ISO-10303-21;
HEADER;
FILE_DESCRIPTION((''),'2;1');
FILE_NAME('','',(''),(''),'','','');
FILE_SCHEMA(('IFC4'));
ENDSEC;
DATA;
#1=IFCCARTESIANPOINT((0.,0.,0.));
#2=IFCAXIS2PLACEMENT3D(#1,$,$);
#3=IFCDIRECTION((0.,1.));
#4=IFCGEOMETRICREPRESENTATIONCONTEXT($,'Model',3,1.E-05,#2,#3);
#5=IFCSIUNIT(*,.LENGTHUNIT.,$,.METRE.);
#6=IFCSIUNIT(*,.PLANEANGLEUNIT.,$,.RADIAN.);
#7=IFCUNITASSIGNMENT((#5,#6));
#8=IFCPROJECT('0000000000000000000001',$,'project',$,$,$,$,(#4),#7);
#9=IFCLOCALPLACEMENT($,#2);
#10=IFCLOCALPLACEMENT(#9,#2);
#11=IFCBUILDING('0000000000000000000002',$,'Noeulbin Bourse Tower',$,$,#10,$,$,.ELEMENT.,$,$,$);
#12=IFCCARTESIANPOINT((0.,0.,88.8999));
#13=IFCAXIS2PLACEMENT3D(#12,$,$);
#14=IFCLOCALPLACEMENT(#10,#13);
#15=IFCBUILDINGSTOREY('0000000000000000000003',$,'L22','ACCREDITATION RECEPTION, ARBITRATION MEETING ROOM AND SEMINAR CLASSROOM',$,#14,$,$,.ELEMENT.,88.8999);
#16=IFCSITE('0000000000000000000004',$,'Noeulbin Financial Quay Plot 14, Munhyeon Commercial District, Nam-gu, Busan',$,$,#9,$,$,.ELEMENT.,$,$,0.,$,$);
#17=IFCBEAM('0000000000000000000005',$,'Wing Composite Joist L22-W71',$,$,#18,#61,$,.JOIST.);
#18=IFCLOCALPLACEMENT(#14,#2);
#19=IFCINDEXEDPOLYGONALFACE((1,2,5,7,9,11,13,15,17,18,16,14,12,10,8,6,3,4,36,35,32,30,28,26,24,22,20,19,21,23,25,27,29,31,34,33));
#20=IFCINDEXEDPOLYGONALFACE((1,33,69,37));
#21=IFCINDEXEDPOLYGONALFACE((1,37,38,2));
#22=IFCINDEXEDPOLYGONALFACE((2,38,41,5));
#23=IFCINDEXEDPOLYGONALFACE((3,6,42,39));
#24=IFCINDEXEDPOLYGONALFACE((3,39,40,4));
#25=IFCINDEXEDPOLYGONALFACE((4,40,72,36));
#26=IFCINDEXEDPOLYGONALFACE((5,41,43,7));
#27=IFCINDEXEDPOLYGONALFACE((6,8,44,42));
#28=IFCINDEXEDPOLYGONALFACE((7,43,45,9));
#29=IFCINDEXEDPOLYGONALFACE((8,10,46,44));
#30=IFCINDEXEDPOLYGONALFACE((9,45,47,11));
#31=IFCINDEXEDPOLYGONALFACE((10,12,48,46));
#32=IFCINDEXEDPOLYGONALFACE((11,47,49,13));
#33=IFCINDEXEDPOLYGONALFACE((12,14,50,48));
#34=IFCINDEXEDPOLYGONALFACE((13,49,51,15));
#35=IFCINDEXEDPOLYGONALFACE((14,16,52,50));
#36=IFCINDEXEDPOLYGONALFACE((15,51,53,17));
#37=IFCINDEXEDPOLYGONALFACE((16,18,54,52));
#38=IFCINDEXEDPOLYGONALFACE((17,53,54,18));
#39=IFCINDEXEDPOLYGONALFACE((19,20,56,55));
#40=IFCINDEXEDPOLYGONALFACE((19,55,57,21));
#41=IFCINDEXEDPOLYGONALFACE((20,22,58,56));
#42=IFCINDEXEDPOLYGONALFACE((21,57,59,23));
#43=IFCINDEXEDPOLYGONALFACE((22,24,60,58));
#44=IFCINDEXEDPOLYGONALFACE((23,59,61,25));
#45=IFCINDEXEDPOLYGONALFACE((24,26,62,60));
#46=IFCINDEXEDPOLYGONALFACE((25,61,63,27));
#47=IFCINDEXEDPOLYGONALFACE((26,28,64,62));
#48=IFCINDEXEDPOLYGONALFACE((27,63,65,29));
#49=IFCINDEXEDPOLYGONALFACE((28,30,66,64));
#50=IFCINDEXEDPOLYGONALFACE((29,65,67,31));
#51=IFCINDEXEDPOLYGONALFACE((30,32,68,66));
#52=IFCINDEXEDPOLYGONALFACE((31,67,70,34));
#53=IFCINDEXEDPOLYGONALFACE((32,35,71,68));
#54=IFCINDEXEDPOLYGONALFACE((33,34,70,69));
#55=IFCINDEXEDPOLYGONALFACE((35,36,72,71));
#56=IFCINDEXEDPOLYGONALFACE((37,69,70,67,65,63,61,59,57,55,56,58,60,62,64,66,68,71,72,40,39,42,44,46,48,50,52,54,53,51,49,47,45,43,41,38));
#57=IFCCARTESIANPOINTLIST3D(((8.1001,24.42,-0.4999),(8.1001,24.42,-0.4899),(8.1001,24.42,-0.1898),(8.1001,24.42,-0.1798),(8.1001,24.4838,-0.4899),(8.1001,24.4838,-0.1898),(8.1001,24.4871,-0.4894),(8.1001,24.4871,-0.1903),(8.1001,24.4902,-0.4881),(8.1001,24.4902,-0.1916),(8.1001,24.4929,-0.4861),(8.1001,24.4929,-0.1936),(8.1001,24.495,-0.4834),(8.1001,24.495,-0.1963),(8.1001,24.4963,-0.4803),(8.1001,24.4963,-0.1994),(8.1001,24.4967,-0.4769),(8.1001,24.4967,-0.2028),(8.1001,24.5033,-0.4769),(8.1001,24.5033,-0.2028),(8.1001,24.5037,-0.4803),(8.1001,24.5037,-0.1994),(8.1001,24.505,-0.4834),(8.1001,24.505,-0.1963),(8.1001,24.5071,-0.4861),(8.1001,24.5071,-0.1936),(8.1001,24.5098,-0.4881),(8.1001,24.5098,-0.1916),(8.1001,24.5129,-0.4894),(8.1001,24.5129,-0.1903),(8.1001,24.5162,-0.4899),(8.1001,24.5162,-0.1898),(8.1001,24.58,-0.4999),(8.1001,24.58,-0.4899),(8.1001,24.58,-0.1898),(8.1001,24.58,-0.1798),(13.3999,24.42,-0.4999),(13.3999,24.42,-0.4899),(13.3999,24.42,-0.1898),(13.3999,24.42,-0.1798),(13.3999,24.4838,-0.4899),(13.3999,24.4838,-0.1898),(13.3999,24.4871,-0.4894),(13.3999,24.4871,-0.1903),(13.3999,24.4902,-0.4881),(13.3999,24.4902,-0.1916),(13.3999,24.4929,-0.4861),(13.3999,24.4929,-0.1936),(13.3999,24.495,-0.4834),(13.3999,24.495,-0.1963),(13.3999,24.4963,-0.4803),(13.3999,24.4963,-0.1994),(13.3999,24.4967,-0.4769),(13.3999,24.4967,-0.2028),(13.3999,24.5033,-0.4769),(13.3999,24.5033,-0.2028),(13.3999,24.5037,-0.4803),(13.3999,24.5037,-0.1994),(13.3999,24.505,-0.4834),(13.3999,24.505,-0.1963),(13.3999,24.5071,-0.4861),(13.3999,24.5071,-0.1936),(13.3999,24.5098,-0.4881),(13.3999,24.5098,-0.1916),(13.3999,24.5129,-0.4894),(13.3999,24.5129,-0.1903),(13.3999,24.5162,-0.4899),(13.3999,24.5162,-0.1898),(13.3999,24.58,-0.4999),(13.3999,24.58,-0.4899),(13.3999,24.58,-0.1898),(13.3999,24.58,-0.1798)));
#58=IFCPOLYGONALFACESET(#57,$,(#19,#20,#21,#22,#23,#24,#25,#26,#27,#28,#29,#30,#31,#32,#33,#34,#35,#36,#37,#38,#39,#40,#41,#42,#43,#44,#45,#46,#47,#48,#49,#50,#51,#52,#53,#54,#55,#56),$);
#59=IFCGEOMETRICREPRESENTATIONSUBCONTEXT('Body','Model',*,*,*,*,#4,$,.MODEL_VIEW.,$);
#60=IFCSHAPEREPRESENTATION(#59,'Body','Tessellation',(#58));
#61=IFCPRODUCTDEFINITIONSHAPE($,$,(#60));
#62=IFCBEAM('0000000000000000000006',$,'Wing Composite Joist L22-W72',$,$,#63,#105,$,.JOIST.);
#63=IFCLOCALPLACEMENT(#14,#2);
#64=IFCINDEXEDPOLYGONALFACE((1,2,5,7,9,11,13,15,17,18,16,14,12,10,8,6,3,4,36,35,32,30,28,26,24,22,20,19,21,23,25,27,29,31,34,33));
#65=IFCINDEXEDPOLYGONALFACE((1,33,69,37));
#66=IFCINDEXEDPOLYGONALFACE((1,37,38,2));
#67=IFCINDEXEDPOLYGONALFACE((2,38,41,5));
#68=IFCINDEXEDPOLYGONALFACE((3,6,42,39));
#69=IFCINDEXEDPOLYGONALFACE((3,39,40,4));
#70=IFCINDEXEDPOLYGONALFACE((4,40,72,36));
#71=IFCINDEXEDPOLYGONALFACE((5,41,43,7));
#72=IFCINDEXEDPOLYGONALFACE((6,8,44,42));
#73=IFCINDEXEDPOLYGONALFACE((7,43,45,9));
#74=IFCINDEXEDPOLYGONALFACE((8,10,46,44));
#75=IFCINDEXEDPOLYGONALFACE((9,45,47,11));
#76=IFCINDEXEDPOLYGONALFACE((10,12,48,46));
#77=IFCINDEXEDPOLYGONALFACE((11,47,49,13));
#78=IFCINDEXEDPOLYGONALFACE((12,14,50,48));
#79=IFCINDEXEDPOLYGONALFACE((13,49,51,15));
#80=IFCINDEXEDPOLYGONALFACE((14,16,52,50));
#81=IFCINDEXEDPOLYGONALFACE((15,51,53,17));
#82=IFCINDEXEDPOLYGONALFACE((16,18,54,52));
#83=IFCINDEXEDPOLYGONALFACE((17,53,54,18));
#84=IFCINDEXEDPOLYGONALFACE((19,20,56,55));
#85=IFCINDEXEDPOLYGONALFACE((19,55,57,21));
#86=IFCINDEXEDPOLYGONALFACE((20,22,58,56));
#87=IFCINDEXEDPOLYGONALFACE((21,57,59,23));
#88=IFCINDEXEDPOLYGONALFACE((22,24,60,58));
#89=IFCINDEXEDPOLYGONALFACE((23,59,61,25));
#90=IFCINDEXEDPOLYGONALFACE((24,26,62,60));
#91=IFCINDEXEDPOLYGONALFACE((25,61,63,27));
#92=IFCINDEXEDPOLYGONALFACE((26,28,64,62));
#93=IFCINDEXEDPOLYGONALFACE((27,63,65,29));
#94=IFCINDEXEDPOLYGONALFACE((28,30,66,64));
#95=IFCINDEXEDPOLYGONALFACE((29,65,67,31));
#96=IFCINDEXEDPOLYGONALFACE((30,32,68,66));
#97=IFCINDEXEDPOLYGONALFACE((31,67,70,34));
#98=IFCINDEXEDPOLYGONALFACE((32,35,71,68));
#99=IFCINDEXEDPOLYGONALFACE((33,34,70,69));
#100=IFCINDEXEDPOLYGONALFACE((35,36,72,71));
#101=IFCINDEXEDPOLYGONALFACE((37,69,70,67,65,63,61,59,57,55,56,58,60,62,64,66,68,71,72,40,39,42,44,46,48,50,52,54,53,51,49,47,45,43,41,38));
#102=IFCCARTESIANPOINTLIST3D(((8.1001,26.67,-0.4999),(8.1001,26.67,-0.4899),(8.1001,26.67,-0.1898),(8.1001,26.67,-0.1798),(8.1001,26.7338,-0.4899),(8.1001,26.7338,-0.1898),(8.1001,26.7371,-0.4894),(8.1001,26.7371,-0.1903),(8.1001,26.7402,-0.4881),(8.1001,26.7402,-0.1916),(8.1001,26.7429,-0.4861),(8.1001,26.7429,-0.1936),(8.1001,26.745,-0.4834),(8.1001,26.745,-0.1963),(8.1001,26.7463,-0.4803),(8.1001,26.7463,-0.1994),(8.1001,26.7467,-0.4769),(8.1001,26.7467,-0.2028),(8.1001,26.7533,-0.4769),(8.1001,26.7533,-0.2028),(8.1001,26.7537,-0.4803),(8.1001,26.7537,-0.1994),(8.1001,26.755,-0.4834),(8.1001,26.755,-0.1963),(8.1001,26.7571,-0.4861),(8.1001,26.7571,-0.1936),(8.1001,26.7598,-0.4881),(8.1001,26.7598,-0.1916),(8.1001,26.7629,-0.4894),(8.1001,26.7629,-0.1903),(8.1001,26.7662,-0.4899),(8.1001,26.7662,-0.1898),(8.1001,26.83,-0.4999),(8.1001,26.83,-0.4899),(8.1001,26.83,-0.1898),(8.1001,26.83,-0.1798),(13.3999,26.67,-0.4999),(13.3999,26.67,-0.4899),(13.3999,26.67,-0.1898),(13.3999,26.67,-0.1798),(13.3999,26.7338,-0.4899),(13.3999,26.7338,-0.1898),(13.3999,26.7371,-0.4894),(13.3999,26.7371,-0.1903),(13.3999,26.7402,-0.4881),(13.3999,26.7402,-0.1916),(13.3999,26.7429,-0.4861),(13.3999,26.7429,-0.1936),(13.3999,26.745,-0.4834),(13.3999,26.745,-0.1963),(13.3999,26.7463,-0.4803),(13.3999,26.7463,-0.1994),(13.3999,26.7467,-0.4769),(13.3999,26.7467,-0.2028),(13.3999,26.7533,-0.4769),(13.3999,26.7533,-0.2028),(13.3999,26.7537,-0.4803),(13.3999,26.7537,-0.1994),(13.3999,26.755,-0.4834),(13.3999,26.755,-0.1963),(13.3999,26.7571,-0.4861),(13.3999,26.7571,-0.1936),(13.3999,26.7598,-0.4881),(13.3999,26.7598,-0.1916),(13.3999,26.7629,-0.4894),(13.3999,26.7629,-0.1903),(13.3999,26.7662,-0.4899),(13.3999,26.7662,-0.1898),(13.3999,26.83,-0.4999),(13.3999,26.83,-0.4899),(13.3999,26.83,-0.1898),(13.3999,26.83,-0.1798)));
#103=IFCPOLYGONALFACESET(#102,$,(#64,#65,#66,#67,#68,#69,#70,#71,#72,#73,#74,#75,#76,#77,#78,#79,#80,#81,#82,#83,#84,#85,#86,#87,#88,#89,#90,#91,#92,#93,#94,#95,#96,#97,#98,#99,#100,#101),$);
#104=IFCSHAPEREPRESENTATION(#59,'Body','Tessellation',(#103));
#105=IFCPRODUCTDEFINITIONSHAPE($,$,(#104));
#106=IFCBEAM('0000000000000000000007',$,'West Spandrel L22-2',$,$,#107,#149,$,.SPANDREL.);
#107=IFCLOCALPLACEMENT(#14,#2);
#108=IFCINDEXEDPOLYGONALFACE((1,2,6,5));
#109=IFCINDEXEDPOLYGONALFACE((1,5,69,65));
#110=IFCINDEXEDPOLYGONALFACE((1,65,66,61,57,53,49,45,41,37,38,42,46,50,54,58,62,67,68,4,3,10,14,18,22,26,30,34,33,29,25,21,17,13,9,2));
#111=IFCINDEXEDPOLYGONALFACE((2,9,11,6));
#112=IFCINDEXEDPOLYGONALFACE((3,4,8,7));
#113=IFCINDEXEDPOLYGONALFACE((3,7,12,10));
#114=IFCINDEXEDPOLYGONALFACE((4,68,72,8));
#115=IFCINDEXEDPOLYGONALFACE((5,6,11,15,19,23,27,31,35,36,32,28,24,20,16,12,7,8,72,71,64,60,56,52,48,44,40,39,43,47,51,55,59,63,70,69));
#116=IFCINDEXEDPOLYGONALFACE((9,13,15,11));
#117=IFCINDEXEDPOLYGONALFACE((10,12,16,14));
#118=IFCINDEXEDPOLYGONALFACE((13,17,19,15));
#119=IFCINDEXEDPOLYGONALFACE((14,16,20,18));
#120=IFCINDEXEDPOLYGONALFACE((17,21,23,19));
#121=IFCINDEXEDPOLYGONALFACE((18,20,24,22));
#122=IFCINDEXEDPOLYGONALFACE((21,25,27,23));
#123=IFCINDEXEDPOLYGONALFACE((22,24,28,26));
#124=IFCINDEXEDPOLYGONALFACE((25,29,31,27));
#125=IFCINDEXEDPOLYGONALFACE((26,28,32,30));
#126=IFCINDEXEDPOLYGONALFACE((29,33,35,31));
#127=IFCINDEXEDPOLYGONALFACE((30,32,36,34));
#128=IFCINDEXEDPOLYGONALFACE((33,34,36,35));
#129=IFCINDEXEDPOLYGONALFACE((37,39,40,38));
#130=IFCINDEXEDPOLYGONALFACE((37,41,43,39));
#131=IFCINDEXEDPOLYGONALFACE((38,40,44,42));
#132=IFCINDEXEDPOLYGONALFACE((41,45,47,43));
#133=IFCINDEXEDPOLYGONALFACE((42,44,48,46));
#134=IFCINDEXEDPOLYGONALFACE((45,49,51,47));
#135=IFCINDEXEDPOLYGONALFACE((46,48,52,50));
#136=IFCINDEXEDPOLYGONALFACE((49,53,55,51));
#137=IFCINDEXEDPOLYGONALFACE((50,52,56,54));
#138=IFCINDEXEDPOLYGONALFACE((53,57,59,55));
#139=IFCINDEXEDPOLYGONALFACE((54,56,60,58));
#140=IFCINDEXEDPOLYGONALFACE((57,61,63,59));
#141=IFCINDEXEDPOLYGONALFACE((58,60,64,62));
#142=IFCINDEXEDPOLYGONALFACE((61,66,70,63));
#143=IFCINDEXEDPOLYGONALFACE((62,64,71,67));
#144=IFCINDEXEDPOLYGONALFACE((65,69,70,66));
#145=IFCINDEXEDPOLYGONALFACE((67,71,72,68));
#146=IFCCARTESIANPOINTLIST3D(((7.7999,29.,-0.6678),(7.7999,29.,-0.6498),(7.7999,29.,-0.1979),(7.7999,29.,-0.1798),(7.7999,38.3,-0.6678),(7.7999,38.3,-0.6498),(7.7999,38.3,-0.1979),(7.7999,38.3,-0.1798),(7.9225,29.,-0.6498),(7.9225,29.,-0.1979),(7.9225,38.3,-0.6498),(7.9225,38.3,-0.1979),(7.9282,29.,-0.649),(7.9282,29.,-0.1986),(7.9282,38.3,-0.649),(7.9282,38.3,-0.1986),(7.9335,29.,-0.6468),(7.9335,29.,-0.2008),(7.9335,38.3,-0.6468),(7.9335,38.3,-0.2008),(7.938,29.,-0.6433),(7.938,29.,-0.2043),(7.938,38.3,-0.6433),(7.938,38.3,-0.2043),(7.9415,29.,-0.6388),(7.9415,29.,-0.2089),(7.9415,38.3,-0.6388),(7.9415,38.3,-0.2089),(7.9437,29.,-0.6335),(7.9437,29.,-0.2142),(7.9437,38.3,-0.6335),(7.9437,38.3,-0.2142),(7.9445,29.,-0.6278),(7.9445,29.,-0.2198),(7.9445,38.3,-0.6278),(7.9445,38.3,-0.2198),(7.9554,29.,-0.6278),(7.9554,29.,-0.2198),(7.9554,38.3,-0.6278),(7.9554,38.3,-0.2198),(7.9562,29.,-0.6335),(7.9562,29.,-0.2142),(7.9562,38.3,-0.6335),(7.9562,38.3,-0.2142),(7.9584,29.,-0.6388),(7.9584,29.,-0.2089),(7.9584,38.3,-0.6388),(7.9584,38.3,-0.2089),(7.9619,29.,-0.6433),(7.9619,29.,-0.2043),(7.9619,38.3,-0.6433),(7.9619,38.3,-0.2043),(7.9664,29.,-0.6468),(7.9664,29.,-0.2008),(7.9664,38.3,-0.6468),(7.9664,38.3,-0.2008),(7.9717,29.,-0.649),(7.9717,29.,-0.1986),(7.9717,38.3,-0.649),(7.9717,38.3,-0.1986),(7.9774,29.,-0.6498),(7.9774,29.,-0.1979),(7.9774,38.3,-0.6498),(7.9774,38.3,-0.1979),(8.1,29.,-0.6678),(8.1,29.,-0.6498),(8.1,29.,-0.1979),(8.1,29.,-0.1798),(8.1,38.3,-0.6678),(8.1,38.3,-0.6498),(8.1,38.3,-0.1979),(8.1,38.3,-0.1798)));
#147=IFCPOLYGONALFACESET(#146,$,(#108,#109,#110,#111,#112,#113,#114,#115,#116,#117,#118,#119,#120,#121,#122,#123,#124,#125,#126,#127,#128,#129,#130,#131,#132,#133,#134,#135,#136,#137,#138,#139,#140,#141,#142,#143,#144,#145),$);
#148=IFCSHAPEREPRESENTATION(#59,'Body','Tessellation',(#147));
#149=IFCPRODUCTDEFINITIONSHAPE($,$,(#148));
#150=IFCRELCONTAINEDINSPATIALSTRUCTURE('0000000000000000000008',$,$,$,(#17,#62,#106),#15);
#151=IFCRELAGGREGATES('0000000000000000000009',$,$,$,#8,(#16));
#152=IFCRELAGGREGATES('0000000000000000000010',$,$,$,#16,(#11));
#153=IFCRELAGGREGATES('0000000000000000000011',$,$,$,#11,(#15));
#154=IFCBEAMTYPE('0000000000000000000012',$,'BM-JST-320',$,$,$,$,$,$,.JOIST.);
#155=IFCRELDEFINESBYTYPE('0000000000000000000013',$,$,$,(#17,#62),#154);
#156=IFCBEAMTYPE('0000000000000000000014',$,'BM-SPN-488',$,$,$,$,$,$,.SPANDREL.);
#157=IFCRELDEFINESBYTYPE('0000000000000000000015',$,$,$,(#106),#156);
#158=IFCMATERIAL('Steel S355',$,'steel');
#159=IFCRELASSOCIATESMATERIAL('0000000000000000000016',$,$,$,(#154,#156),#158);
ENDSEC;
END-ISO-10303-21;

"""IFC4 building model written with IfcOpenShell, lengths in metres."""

from ifc_helpers import new_model, si_unit, direction, frame, origin, origin_2d, place, context, subcontext, project, spatial, i_section, extrude, material, material_profile, profile_set, type_object, element, save


model = new_model("IFC4")

# Units and contexts
model_context = context("Model", 3, precision=1e-05, world=origin(), true_north=direction((0.0, 1.0)))
body_context = subcontext(model_context, "Body", "Model", "MODEL_VIEW")
ifc_project = project(units=[si_unit("LENGTHUNIT", "METRE"), si_unit("PLANEANGLEUNIT", "RADIAN")], contexts=[model_context])

# Site, building, storey
site_placement = place(None, origin())
site = spatial("IfcSite", under=ifc_project, at=site_placement, Name="Noeulbin Financial Quay Plot 14, Munhyeon Commercial District, Nam-gu, Busan", CompositionType="ELEMENT", RefElevation=0.0)
building_placement = place(site_placement, origin())
building = spatial("IfcBuilding", under=site, at=building_placement, Name="Noeulbin Bourse Tower", CompositionType="ELEMENT")
storey_placement = place(building_placement, frame((0.0, 0.0, 88.8999)))
storey = spatial("IfcBuildingStorey", under=building, at=storey_placement, Name="L22", Description="ACCREDITATION RECEPTION, ARBITRATION MEETING ROOM AND SEMINAR CLASSROOM", CompositionType="ELEMENT", Elevation=88.8999)

# Beams
ifc_material_1 = material(Name="Steel S355", Category="steel")
ifc_material_profile_1 = material_profile(ifc_material_1, i_section(OverallWidth=0.1599, OverallDepth=0.3201, WebThickness=0.0066, FlangeThickness=0.01, FilletRadius=0.0129, at=origin_2d()), Name="H-320x160x6.5x10", Category="LoadBearing")
ifc_profile_set_1 = profile_set([ifc_material_profile_1], Name="Steel S355")
beam_type_1 = type_object("IfcBeamType", Name="BM-JST-320", PredefinedType="JOIST", material=ifc_profile_set_1)
for number, where, z_axis, x_axis, name in (
    (1, (8.1001, 24.5, -0.3398), (1.0, 0.0, 0.0), (0.0, 1.0, 0.0), "Wing Composite Joist L22-W71"),
    (2, (8.1001, 26.75, -0.3398), (1.0, 0.0, 0.0), (0.0, 1.0, 0.0), "Wing Composite Joist L22-W72"),
):
    element("IfcBeam", number, at=place(storey_placement, frame(where, z_axis=z_axis, x_axis=x_axis)), inside=storey, type_object=beam_type_1, Name=name, PredefinedType="JOIST", context=body_context, shape_type="SweptSolid", body=[
        extrude(i_section(OverallWidth=0.1599, OverallDepth=0.3201, WebThickness=0.0066, FlangeThickness=0.01, FilletRadius=0.0129, at=origin_2d()), origin(), (0.0, 0.0, 1.0), 5.2998),
    ])
ifc_material_profile_2 = material_profile(ifc_material_1, i_section(OverallWidth=0.3, OverallDepth=0.488, WebThickness=0.011, FlangeThickness=0.0181, FilletRadius=0.022, at=origin_2d()), Name="H-488x300x11x18", Category="LoadBearing")
ifc_profile_set_2 = profile_set([ifc_material_profile_2], Name="Steel S355")
beam_type_2 = type_object("IfcBeamType", Name="BM-SPN-488", PredefinedType="SPANDREL", material=ifc_profile_set_2)
beam_1_placement = place(storey_placement, frame((7.95, 29.0, -0.4238), z_axis=(0.0, 1.0, 0.0), x_axis=(-1.0, 0.0, 0.0)))
element("IfcBeam", 3, at=beam_1_placement, inside=storey, type_object=beam_type_2, Name="West Spandrel L22-2", PredefinedType="SPANDREL", context=body_context, shape_type="SweptSolid", body=[
    extrude(i_section(OverallWidth=0.3, OverallDepth=0.488, WebThickness=0.011, FlangeThickness=0.0181, FilletRadius=0.022, at=origin_2d()), origin(), (0.0, 0.0, 1.0), 9.3),
])

save(model, "model.ifc")
